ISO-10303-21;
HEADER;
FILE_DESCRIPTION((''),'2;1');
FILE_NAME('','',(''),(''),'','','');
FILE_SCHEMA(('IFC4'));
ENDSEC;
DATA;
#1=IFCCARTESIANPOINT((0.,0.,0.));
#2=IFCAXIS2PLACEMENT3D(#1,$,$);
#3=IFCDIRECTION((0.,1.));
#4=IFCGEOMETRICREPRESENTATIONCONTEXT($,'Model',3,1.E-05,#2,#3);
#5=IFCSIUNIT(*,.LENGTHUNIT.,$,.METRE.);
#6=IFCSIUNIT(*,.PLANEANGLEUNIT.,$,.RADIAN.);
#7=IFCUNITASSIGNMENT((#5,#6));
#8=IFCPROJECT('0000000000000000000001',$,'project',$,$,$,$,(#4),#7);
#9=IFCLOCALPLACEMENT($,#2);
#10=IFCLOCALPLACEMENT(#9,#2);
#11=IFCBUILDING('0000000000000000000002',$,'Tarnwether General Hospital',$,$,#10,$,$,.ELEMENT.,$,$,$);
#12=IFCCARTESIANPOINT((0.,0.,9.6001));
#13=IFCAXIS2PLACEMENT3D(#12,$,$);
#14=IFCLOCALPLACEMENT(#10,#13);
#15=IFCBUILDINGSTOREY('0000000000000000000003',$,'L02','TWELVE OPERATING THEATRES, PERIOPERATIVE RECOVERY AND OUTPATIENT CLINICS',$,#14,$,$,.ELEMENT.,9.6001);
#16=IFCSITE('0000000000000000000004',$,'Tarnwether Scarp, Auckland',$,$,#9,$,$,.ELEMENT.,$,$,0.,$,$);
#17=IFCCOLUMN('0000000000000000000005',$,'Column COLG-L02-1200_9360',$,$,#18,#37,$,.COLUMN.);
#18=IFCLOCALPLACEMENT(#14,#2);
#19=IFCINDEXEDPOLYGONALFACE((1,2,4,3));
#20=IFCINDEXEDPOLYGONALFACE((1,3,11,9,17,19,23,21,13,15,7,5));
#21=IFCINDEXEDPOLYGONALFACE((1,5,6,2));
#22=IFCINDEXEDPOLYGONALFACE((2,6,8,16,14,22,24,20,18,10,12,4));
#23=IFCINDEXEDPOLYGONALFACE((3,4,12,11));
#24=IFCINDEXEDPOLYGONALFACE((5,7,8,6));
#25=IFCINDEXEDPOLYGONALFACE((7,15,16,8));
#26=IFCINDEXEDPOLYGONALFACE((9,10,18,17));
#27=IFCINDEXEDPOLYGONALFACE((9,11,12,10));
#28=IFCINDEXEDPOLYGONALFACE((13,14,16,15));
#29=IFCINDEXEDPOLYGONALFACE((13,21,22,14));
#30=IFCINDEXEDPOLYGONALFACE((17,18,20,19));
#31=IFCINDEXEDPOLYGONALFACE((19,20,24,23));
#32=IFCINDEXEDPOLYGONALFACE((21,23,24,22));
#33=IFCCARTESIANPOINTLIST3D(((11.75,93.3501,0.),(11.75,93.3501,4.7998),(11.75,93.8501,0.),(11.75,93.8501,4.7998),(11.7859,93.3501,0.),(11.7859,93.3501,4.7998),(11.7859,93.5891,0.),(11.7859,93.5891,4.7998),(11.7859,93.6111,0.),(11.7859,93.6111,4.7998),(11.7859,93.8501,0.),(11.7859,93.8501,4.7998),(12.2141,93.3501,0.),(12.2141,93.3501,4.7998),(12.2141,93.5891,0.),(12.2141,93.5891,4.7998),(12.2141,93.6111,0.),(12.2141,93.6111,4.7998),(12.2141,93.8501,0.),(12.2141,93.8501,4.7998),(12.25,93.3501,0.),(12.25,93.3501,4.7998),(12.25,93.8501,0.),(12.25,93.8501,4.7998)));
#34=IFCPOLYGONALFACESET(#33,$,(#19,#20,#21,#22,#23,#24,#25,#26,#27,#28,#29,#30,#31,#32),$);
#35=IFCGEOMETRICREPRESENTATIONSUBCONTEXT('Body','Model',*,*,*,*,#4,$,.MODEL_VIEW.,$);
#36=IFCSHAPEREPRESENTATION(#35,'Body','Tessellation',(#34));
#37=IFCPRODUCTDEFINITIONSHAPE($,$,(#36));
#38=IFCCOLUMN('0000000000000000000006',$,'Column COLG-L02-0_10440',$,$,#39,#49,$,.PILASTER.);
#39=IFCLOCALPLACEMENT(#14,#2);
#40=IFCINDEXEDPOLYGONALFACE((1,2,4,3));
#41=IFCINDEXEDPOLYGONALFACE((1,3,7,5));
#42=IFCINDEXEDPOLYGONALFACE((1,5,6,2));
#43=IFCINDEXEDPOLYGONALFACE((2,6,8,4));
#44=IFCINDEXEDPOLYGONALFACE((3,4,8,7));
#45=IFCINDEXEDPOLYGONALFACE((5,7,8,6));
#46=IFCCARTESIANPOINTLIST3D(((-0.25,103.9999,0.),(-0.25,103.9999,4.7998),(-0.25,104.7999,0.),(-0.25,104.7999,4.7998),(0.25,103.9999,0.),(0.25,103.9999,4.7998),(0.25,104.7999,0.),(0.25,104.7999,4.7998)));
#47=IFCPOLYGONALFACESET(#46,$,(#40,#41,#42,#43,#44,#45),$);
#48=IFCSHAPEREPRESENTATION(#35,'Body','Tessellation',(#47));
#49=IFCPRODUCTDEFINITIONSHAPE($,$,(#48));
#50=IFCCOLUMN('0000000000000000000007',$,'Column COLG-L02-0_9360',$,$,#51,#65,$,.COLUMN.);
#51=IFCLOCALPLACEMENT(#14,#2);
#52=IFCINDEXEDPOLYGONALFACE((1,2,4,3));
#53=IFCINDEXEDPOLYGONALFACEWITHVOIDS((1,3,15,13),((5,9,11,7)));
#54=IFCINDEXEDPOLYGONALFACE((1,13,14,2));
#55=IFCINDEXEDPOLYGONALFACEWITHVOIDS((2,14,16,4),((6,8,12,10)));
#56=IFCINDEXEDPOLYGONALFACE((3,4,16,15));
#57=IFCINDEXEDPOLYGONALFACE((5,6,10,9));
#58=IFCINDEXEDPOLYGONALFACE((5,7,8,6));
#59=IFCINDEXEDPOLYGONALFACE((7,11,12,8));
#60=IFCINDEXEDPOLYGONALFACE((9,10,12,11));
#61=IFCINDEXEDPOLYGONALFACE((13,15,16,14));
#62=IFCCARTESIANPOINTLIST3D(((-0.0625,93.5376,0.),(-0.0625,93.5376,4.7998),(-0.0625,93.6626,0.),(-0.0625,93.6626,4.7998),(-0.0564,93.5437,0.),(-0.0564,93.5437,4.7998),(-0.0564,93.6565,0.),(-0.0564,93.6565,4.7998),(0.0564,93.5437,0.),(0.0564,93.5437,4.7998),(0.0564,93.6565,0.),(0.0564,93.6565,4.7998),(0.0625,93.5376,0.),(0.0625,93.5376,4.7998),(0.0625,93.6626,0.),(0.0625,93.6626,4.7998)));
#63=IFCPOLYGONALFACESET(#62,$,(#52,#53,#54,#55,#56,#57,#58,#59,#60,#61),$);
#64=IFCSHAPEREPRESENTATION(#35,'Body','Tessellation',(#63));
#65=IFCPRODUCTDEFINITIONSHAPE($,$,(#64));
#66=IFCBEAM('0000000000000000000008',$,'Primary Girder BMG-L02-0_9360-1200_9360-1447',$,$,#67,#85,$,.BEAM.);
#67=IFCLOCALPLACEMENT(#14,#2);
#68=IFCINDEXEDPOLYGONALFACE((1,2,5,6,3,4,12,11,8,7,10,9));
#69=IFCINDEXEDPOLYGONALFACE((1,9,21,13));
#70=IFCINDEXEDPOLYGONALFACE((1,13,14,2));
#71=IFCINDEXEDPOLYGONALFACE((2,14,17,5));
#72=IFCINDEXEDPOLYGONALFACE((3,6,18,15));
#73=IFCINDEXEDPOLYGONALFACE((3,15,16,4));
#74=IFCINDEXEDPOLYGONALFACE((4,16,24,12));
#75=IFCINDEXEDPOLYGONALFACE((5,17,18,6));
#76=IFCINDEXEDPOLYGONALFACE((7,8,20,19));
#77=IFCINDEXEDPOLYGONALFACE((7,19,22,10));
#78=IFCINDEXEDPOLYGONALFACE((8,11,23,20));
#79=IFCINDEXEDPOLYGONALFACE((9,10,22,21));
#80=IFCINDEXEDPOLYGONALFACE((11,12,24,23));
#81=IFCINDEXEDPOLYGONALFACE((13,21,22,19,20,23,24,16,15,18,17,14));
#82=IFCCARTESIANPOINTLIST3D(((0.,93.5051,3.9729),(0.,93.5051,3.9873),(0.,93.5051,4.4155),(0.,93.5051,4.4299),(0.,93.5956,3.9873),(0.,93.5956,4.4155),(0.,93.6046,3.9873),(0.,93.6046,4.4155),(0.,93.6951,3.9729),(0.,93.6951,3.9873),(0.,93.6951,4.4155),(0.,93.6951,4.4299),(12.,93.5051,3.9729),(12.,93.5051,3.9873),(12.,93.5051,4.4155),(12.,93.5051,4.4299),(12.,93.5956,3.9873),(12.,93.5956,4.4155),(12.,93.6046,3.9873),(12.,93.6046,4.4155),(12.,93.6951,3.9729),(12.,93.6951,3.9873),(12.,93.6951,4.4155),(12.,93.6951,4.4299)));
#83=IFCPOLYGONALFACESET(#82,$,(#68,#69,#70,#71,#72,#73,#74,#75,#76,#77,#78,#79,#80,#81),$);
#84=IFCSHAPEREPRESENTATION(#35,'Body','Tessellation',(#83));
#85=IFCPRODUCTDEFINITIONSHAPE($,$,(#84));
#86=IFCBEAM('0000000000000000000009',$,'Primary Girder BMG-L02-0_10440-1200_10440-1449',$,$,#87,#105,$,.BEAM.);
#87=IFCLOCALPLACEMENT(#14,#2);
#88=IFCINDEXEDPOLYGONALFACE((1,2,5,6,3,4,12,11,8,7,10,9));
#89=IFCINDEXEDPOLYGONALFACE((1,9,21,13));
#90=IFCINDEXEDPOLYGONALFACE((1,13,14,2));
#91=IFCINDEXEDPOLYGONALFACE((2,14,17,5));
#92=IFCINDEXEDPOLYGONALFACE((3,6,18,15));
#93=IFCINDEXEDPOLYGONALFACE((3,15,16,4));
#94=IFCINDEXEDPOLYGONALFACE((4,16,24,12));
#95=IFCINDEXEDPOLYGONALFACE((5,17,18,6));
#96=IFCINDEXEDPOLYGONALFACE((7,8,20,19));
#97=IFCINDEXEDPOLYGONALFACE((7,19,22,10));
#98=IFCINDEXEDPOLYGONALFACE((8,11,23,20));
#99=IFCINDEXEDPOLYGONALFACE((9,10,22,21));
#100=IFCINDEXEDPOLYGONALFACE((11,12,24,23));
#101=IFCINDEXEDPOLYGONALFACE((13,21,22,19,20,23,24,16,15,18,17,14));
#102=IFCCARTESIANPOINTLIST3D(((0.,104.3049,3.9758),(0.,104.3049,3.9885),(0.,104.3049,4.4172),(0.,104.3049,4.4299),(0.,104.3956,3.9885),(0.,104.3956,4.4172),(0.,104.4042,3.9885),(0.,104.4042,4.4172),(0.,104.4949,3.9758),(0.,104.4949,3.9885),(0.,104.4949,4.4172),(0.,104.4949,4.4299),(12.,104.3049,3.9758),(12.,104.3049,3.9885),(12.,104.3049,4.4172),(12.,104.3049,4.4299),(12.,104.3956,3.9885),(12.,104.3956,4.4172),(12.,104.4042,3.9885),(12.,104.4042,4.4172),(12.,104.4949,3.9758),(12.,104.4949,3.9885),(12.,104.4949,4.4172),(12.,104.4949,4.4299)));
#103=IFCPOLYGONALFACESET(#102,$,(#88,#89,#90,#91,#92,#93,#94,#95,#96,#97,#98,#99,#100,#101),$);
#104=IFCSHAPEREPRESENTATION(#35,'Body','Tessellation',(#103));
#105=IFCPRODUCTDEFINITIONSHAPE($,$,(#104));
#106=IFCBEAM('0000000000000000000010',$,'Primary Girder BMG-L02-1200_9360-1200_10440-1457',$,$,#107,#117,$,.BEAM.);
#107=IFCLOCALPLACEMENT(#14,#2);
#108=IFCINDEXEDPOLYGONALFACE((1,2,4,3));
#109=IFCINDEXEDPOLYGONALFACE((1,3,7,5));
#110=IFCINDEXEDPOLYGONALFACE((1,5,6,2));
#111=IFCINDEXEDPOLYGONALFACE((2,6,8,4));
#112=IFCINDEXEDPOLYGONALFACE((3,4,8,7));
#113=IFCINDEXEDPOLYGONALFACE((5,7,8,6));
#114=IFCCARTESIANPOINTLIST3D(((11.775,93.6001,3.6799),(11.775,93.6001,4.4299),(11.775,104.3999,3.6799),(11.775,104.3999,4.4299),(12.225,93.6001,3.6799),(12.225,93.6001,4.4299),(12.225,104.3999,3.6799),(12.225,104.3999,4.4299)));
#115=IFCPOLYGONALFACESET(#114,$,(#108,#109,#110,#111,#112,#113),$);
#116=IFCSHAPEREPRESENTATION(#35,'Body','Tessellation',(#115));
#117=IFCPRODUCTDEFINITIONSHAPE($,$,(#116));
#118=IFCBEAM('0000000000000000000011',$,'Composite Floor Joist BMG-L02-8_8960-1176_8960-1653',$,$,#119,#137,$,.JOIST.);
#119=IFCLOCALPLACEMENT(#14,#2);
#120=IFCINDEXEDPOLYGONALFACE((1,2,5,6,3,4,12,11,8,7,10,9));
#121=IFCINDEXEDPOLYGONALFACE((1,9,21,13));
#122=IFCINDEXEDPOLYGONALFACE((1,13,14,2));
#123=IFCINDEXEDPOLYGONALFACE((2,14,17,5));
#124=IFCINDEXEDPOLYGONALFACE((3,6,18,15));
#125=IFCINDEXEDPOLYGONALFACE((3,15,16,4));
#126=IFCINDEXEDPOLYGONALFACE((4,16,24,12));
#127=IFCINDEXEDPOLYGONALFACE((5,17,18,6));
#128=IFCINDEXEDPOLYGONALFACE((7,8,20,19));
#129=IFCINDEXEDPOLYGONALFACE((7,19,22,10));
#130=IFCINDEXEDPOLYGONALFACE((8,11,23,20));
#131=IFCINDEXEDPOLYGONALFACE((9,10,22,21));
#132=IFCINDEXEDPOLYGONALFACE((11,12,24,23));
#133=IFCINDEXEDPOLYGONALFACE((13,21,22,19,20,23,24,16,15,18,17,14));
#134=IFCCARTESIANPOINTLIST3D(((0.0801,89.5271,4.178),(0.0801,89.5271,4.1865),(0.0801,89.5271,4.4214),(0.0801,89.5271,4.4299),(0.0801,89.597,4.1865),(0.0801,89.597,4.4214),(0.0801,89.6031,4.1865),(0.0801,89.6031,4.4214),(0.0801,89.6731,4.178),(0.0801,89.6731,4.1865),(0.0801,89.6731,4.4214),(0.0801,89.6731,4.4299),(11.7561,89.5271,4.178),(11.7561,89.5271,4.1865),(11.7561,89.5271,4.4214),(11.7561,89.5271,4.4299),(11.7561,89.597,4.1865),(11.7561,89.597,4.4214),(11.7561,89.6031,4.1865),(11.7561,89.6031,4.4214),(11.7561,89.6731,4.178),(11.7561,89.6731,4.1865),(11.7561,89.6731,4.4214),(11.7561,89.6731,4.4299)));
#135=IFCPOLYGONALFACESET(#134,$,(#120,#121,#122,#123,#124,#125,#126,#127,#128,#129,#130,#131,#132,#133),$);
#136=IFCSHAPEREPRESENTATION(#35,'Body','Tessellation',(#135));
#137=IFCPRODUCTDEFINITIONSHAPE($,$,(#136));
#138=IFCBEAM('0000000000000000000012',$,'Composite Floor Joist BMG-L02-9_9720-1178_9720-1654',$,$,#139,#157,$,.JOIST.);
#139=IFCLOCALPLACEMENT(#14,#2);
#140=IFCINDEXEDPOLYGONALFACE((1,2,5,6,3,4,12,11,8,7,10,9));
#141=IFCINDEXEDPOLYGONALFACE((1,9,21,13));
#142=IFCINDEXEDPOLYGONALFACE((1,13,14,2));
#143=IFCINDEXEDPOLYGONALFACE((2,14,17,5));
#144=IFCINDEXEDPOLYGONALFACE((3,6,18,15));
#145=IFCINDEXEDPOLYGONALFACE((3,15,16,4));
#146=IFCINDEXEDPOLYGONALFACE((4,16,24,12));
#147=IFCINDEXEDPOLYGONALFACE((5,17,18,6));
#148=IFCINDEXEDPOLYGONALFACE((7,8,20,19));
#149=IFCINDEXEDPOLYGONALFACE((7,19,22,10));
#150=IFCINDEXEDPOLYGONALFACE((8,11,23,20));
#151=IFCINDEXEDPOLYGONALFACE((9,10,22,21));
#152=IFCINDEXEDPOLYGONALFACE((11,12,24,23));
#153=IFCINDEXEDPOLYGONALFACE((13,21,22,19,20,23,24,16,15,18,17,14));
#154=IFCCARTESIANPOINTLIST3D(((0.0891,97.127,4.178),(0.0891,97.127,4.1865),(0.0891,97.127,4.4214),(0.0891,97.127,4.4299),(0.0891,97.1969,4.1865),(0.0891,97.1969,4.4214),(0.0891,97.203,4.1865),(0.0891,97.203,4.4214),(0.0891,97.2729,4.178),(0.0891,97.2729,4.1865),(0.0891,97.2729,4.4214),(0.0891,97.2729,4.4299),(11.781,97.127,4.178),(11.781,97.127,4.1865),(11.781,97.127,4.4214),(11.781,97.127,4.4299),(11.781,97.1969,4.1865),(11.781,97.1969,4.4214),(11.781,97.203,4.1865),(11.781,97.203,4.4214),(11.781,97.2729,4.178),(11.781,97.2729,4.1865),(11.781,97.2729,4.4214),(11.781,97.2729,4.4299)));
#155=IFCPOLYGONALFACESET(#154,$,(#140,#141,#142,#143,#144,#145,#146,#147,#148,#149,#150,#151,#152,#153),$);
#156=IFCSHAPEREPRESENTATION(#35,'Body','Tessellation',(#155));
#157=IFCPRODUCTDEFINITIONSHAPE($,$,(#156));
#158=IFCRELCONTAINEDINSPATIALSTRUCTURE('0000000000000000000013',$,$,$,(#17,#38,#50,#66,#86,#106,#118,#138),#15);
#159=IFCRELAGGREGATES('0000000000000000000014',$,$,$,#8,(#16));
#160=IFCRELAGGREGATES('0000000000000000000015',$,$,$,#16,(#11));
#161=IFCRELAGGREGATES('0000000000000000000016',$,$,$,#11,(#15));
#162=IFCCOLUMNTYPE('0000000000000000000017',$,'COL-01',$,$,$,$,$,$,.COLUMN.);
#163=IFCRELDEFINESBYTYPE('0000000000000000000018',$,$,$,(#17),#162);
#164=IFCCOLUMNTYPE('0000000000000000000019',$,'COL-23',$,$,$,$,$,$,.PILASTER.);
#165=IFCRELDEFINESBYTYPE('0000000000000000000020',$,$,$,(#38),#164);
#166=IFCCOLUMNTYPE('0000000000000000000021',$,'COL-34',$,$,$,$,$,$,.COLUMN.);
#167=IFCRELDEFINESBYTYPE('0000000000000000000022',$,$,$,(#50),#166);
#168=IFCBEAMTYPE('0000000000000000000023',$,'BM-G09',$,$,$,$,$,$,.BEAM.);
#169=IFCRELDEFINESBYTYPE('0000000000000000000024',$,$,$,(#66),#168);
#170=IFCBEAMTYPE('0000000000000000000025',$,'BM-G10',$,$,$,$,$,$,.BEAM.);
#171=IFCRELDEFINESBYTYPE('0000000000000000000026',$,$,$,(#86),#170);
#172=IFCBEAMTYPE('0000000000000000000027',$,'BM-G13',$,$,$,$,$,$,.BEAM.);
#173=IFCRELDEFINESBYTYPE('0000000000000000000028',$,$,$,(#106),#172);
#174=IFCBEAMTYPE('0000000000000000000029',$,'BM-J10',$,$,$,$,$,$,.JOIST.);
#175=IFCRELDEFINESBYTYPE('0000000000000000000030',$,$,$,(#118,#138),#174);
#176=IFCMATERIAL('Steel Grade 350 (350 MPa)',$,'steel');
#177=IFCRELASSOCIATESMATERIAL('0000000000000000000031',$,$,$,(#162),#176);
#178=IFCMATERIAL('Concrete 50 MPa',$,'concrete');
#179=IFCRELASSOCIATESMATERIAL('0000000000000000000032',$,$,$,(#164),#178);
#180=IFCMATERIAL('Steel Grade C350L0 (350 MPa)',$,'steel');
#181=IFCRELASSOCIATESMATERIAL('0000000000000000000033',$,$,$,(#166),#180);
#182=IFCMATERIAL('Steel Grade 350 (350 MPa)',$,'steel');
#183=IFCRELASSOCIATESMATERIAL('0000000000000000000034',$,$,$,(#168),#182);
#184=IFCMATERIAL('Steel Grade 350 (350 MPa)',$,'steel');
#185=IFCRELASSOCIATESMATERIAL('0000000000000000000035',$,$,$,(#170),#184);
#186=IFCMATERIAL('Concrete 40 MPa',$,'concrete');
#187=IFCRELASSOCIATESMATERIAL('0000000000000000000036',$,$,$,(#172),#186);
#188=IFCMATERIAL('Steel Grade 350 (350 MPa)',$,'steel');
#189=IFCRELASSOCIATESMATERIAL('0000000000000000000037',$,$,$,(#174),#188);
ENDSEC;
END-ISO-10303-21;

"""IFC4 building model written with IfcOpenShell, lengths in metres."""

from ifc_helpers import new_model, si_unit, direction, frame, origin, origin_2d, place, context, subcontext, project, spatial, rectangle, hollow_rectangle, i_section, extrude, material, material_profile, profile_set, type_object, element, save


model = new_model("IFC4")

# Units and contexts
model_context = context("Model", 3, precision=1e-05, world=origin(), true_north=direction((0.0, 1.0)))
body_context = subcontext(model_context, "Body", "Model", "MODEL_VIEW")
ifc_project = project(units=[si_unit("LENGTHUNIT", "METRE"), si_unit("PLANEANGLEUNIT", "RADIAN")], contexts=[model_context])

# Site, building, storey
site_placement = place(None, origin())
site = spatial("IfcSite", under=ifc_project, at=site_placement, Name="Tarnwether Scarp, Auckland", CompositionType="ELEMENT", RefElevation=0.0)
building_placement = place(site_placement, origin())
building = spatial("IfcBuilding", under=site, at=building_placement, Name="Tarnwether General Hospital", CompositionType="ELEMENT")
storey_placement = place(building_placement, frame((0.0, 0.0, 9.6001)))
storey = spatial("IfcBuildingStorey", under=building, at=storey_placement, Name="L02", Description="TWELVE OPERATING THEATRES, PERIOPERATIVE RECOVERY AND OUTPATIENT CLINICS", CompositionType="ELEMENT", Elevation=9.6001)

# Columns
ifc_material_1 = material(Name="Steel Grade 350 (350 MPa)", Category="steel")
ifc_material_profile_1 = material_profile(ifc_material_1, i_section(OverallWidth=0.5, OverallDepth=0.5, WebThickness=0.022, FlangeThickness=0.0359, at=origin_2d()), Name="500WC380")
ifc_profile_set_1 = profile_set([ifc_material_profile_1], Name="Steel Grade 350 (350 MPa)")
column_type_1 = type_object("IfcColumnType", Name="COL-01", PredefinedType="COLUMN", material=ifc_profile_set_1)
column_1_placement = place(storey_placement, frame((12.0, 93.6001, 0.0), z_axis=(0.0, 0.0, 1.0), x_axis=(0.0, 1.0, 0.0)))
element("IfcColumn", 1, at=column_1_placement, inside=storey, type_object=column_type_1, Name="Column COLG-L02-1200_9360", PredefinedType="COLUMN", context=body_context, shape_type="SweptSolid", body=[
    extrude(i_section(OverallWidth=0.5, OverallDepth=0.5, WebThickness=0.022, FlangeThickness=0.0359, at=origin_2d()), origin(), (0.0, 0.0, 1.0), 4.7998),
])
ifc_material_2 = material(Name="Concrete 50 MPa", Category="concrete")
ifc_material_profile_2 = material_profile(ifc_material_2, rectangle(XDim=0.5, YDim=0.8, at=origin_2d()), Name="RC-PIL-500x800")
ifc_profile_set_2 = profile_set([ifc_material_profile_2], Name="Concrete 50 MPa")
column_type_2 = type_object("IfcColumnType", Name="COL-23", PredefinedType="PILASTER", material=ifc_profile_set_2)
column_2_placement = place(storey_placement, frame((0.0, 104.3999, 0.0), z_axis=(0.0, 0.0, 1.0), x_axis=(1.0, 0.0, 0.0)))
element("IfcColumn", 2, at=column_2_placement, inside=storey, type_object=column_type_2, Name="Column COLG-L02-0_10440", PredefinedType="PILASTER", context=body_context, shape_type="SweptSolid", body=[
    extrude(rectangle(XDim=0.5, YDim=0.8, at=origin_2d()), origin(), (0.0, 0.0, 1.0), 4.7998),
])
ifc_material_3 = material(Name="Steel Grade C350L0 (350 MPa)", Category="steel")
ifc_material_profile_3 = material_profile(ifc_material_3, hollow_rectangle(XDim=0.125, YDim=0.125, WallThickness=0.0061, at=origin_2d()), Name="SHS125x125x6")
ifc_profile_set_3 = profile_set([ifc_material_profile_3], Name="Steel Grade C350L0 (350 MPa)")
column_type_3 = type_object("IfcColumnType", Name="COL-34", PredefinedType="COLUMN", material=ifc_profile_set_3)
column_3_placement = place(storey_placement, frame((0.0, 93.6001, 0.0), z_axis=(0.0, 0.0, 1.0), x_axis=(1.0, 0.0, 0.0)))
element("IfcColumn", 3, at=column_3_placement, inside=storey, type_object=column_type_3, Name="Column COLG-L02-0_9360", PredefinedType="COLUMN", context=body_context, shape_type="SweptSolid", body=[
    extrude(hollow_rectangle(XDim=0.125, YDim=0.125, WallThickness=0.0061, at=origin_2d()), origin(), (0.0, 0.0, 1.0), 4.7998),
])

# Beams
ifc_material_4 = material(Name="Steel Grade 350 (350 MPa)", Category="steel")
ifc_material_profile_4 = material_profile(ifc_material_4, i_section(OverallWidth=0.1899, OverallDepth=0.457, WebThickness=0.009, FlangeThickness=0.0144, at=origin_2d()), Name="460UB74.6")
ifc_profile_set_4 = profile_set([ifc_material_profile_4], Name="Steel Grade 350 (350 MPa)")
beam_type_1 = type_object("IfcBeamType", Name="BM-G09", PredefinedType="BEAM", material=ifc_profile_set_4)
beam_1_placement = place(storey_placement, frame((0.0, 93.6001, 4.2014), z_axis=(1.0, 0.0, 0.0), x_axis=(0.0, 1.0, 0.0)))
element("IfcBeam", 4, at=beam_1_placement, inside=storey, type_object=beam_type_1, Name="Primary Girder BMG-L02-0_9360-1200_9360-1447", PredefinedType="BEAM", context=body_context, shape_type="SweptSolid", body=[
    extrude(i_section(OverallWidth=0.1899, OverallDepth=0.457, WebThickness=0.009, FlangeThickness=0.0144, at=origin_2d()), origin(), (0.0, 0.0, 1.0), 12.0),
])
ifc_material_5 = material(Name="Steel Grade 350 (350 MPa)", Category="steel")
ifc_material_profile_5 = material_profile(ifc_material_5, i_section(OverallWidth=0.1899, OverallDepth=0.4541, WebThickness=0.0085, FlangeThickness=0.0127, at=origin_2d()), Name="460UB67.1")
ifc_profile_set_5 = profile_set([ifc_material_profile_5], Name="Steel Grade 350 (350 MPa)")
beam_type_2 = type_object("IfcBeamType", Name="BM-G10", PredefinedType="BEAM", material=ifc_profile_set_5)
beam_2_placement = place(storey_placement, frame((0.0, 104.3999, 4.2029), z_axis=(1.0, 0.0, 0.0), x_axis=(0.0, 1.0, 0.0)))
element("IfcBeam", 5, at=beam_2_placement, inside=storey, type_object=beam_type_2, Name="Primary Girder BMG-L02-0_10440-1200_10440-1449", PredefinedType="BEAM", context=body_context, shape_type="SweptSolid", body=[
    extrude(i_section(OverallWidth=0.1899, OverallDepth=0.4541, WebThickness=0.0085, FlangeThickness=0.0127, at=origin_2d()), origin(), (0.0, 0.0, 1.0), 12.0),
])
ifc_material_6 = material(Name="Concrete 40 MPa", Category="concrete")
ifc_material_profile_6 = material_profile(ifc_material_6, rectangle(XDim=0.45, YDim=0.75, at=origin_2d()), Name="RC-BM-450x750")
ifc_profile_set_6 = profile_set([ifc_material_profile_6], Name="Concrete 40 MPa")
beam_type_3 = type_object("IfcBeamType", Name="BM-G13", PredefinedType="BEAM", material=ifc_profile_set_6)
beam_3_placement = place(storey_placement, frame((12.0, 93.6001, 4.0549), z_axis=(0.0, 1.0, 0.0), x_axis=(-1.0, 0.0, 0.0)))
element("IfcBeam", 6, at=beam_3_placement, inside=storey, type_object=beam_type_3, Name="Primary Girder BMG-L02-1200_9360-1200_10440-1457", PredefinedType="BEAM", context=body_context, shape_type="SweptSolid", body=[
    extrude(rectangle(XDim=0.45, YDim=0.75, at=origin_2d()), origin(), (0.0, 0.0, 1.0), 10.7998),
])
ifc_material_7 = material(Name="Steel Grade 350 (350 MPa)", Category="steel")
ifc_material_profile_7 = material_profile(ifc_material_7, i_section(OverallWidth=0.146, OverallDepth=0.252, WebThickness=0.0061, FlangeThickness=0.0085, at=origin_2d()), Name="250UB31.4")
ifc_profile_set_7 = profile_set([ifc_material_profile_7], Name="Steel Grade 350 (350 MPa)")
beam_type_4 = type_object("IfcBeamType", Name="BM-J10", PredefinedType="JOIST", material=ifc_profile_set_7)
beam_4_placement = place(storey_placement, frame((0.0801, 89.6001, 4.304), z_axis=(1.0, 0.0, 0.0), x_axis=(0.0, 1.0, 0.0)))
element("IfcBeam", 7, at=beam_4_placement, inside=storey, type_object=beam_type_4, Name="Composite Floor Joist BMG-L02-8_8960-1176_8960-1653", PredefinedType="JOIST", context=body_context, shape_type="SweptSolid", body=[
    extrude(i_section(OverallWidth=0.146, OverallDepth=0.252, WebThickness=0.0061, FlangeThickness=0.0085, at=origin_2d()), origin(), (0.0, 0.0, 1.0), 11.676),
])
beam_5_placement = place(storey_placement, frame((0.0891, 97.2, 4.304), z_axis=(1.0, 0.0, 0.0), x_axis=(0.0, 1.0, 0.0)))
element("IfcBeam", 8, at=beam_5_placement, inside=storey, type_object=beam_type_4, Name="Composite Floor Joist BMG-L02-9_9720-1178_9720-1654", PredefinedType="JOIST", context=body_context, shape_type="SweptSolid", body=[
    extrude(i_section(OverallWidth=0.146, OverallDepth=0.252, WebThickness=0.0061, FlangeThickness=0.0085, at=origin_2d()), origin(), (0.0, 0.0, 1.0), 11.6919),
])

save(model, "model.ifc")
